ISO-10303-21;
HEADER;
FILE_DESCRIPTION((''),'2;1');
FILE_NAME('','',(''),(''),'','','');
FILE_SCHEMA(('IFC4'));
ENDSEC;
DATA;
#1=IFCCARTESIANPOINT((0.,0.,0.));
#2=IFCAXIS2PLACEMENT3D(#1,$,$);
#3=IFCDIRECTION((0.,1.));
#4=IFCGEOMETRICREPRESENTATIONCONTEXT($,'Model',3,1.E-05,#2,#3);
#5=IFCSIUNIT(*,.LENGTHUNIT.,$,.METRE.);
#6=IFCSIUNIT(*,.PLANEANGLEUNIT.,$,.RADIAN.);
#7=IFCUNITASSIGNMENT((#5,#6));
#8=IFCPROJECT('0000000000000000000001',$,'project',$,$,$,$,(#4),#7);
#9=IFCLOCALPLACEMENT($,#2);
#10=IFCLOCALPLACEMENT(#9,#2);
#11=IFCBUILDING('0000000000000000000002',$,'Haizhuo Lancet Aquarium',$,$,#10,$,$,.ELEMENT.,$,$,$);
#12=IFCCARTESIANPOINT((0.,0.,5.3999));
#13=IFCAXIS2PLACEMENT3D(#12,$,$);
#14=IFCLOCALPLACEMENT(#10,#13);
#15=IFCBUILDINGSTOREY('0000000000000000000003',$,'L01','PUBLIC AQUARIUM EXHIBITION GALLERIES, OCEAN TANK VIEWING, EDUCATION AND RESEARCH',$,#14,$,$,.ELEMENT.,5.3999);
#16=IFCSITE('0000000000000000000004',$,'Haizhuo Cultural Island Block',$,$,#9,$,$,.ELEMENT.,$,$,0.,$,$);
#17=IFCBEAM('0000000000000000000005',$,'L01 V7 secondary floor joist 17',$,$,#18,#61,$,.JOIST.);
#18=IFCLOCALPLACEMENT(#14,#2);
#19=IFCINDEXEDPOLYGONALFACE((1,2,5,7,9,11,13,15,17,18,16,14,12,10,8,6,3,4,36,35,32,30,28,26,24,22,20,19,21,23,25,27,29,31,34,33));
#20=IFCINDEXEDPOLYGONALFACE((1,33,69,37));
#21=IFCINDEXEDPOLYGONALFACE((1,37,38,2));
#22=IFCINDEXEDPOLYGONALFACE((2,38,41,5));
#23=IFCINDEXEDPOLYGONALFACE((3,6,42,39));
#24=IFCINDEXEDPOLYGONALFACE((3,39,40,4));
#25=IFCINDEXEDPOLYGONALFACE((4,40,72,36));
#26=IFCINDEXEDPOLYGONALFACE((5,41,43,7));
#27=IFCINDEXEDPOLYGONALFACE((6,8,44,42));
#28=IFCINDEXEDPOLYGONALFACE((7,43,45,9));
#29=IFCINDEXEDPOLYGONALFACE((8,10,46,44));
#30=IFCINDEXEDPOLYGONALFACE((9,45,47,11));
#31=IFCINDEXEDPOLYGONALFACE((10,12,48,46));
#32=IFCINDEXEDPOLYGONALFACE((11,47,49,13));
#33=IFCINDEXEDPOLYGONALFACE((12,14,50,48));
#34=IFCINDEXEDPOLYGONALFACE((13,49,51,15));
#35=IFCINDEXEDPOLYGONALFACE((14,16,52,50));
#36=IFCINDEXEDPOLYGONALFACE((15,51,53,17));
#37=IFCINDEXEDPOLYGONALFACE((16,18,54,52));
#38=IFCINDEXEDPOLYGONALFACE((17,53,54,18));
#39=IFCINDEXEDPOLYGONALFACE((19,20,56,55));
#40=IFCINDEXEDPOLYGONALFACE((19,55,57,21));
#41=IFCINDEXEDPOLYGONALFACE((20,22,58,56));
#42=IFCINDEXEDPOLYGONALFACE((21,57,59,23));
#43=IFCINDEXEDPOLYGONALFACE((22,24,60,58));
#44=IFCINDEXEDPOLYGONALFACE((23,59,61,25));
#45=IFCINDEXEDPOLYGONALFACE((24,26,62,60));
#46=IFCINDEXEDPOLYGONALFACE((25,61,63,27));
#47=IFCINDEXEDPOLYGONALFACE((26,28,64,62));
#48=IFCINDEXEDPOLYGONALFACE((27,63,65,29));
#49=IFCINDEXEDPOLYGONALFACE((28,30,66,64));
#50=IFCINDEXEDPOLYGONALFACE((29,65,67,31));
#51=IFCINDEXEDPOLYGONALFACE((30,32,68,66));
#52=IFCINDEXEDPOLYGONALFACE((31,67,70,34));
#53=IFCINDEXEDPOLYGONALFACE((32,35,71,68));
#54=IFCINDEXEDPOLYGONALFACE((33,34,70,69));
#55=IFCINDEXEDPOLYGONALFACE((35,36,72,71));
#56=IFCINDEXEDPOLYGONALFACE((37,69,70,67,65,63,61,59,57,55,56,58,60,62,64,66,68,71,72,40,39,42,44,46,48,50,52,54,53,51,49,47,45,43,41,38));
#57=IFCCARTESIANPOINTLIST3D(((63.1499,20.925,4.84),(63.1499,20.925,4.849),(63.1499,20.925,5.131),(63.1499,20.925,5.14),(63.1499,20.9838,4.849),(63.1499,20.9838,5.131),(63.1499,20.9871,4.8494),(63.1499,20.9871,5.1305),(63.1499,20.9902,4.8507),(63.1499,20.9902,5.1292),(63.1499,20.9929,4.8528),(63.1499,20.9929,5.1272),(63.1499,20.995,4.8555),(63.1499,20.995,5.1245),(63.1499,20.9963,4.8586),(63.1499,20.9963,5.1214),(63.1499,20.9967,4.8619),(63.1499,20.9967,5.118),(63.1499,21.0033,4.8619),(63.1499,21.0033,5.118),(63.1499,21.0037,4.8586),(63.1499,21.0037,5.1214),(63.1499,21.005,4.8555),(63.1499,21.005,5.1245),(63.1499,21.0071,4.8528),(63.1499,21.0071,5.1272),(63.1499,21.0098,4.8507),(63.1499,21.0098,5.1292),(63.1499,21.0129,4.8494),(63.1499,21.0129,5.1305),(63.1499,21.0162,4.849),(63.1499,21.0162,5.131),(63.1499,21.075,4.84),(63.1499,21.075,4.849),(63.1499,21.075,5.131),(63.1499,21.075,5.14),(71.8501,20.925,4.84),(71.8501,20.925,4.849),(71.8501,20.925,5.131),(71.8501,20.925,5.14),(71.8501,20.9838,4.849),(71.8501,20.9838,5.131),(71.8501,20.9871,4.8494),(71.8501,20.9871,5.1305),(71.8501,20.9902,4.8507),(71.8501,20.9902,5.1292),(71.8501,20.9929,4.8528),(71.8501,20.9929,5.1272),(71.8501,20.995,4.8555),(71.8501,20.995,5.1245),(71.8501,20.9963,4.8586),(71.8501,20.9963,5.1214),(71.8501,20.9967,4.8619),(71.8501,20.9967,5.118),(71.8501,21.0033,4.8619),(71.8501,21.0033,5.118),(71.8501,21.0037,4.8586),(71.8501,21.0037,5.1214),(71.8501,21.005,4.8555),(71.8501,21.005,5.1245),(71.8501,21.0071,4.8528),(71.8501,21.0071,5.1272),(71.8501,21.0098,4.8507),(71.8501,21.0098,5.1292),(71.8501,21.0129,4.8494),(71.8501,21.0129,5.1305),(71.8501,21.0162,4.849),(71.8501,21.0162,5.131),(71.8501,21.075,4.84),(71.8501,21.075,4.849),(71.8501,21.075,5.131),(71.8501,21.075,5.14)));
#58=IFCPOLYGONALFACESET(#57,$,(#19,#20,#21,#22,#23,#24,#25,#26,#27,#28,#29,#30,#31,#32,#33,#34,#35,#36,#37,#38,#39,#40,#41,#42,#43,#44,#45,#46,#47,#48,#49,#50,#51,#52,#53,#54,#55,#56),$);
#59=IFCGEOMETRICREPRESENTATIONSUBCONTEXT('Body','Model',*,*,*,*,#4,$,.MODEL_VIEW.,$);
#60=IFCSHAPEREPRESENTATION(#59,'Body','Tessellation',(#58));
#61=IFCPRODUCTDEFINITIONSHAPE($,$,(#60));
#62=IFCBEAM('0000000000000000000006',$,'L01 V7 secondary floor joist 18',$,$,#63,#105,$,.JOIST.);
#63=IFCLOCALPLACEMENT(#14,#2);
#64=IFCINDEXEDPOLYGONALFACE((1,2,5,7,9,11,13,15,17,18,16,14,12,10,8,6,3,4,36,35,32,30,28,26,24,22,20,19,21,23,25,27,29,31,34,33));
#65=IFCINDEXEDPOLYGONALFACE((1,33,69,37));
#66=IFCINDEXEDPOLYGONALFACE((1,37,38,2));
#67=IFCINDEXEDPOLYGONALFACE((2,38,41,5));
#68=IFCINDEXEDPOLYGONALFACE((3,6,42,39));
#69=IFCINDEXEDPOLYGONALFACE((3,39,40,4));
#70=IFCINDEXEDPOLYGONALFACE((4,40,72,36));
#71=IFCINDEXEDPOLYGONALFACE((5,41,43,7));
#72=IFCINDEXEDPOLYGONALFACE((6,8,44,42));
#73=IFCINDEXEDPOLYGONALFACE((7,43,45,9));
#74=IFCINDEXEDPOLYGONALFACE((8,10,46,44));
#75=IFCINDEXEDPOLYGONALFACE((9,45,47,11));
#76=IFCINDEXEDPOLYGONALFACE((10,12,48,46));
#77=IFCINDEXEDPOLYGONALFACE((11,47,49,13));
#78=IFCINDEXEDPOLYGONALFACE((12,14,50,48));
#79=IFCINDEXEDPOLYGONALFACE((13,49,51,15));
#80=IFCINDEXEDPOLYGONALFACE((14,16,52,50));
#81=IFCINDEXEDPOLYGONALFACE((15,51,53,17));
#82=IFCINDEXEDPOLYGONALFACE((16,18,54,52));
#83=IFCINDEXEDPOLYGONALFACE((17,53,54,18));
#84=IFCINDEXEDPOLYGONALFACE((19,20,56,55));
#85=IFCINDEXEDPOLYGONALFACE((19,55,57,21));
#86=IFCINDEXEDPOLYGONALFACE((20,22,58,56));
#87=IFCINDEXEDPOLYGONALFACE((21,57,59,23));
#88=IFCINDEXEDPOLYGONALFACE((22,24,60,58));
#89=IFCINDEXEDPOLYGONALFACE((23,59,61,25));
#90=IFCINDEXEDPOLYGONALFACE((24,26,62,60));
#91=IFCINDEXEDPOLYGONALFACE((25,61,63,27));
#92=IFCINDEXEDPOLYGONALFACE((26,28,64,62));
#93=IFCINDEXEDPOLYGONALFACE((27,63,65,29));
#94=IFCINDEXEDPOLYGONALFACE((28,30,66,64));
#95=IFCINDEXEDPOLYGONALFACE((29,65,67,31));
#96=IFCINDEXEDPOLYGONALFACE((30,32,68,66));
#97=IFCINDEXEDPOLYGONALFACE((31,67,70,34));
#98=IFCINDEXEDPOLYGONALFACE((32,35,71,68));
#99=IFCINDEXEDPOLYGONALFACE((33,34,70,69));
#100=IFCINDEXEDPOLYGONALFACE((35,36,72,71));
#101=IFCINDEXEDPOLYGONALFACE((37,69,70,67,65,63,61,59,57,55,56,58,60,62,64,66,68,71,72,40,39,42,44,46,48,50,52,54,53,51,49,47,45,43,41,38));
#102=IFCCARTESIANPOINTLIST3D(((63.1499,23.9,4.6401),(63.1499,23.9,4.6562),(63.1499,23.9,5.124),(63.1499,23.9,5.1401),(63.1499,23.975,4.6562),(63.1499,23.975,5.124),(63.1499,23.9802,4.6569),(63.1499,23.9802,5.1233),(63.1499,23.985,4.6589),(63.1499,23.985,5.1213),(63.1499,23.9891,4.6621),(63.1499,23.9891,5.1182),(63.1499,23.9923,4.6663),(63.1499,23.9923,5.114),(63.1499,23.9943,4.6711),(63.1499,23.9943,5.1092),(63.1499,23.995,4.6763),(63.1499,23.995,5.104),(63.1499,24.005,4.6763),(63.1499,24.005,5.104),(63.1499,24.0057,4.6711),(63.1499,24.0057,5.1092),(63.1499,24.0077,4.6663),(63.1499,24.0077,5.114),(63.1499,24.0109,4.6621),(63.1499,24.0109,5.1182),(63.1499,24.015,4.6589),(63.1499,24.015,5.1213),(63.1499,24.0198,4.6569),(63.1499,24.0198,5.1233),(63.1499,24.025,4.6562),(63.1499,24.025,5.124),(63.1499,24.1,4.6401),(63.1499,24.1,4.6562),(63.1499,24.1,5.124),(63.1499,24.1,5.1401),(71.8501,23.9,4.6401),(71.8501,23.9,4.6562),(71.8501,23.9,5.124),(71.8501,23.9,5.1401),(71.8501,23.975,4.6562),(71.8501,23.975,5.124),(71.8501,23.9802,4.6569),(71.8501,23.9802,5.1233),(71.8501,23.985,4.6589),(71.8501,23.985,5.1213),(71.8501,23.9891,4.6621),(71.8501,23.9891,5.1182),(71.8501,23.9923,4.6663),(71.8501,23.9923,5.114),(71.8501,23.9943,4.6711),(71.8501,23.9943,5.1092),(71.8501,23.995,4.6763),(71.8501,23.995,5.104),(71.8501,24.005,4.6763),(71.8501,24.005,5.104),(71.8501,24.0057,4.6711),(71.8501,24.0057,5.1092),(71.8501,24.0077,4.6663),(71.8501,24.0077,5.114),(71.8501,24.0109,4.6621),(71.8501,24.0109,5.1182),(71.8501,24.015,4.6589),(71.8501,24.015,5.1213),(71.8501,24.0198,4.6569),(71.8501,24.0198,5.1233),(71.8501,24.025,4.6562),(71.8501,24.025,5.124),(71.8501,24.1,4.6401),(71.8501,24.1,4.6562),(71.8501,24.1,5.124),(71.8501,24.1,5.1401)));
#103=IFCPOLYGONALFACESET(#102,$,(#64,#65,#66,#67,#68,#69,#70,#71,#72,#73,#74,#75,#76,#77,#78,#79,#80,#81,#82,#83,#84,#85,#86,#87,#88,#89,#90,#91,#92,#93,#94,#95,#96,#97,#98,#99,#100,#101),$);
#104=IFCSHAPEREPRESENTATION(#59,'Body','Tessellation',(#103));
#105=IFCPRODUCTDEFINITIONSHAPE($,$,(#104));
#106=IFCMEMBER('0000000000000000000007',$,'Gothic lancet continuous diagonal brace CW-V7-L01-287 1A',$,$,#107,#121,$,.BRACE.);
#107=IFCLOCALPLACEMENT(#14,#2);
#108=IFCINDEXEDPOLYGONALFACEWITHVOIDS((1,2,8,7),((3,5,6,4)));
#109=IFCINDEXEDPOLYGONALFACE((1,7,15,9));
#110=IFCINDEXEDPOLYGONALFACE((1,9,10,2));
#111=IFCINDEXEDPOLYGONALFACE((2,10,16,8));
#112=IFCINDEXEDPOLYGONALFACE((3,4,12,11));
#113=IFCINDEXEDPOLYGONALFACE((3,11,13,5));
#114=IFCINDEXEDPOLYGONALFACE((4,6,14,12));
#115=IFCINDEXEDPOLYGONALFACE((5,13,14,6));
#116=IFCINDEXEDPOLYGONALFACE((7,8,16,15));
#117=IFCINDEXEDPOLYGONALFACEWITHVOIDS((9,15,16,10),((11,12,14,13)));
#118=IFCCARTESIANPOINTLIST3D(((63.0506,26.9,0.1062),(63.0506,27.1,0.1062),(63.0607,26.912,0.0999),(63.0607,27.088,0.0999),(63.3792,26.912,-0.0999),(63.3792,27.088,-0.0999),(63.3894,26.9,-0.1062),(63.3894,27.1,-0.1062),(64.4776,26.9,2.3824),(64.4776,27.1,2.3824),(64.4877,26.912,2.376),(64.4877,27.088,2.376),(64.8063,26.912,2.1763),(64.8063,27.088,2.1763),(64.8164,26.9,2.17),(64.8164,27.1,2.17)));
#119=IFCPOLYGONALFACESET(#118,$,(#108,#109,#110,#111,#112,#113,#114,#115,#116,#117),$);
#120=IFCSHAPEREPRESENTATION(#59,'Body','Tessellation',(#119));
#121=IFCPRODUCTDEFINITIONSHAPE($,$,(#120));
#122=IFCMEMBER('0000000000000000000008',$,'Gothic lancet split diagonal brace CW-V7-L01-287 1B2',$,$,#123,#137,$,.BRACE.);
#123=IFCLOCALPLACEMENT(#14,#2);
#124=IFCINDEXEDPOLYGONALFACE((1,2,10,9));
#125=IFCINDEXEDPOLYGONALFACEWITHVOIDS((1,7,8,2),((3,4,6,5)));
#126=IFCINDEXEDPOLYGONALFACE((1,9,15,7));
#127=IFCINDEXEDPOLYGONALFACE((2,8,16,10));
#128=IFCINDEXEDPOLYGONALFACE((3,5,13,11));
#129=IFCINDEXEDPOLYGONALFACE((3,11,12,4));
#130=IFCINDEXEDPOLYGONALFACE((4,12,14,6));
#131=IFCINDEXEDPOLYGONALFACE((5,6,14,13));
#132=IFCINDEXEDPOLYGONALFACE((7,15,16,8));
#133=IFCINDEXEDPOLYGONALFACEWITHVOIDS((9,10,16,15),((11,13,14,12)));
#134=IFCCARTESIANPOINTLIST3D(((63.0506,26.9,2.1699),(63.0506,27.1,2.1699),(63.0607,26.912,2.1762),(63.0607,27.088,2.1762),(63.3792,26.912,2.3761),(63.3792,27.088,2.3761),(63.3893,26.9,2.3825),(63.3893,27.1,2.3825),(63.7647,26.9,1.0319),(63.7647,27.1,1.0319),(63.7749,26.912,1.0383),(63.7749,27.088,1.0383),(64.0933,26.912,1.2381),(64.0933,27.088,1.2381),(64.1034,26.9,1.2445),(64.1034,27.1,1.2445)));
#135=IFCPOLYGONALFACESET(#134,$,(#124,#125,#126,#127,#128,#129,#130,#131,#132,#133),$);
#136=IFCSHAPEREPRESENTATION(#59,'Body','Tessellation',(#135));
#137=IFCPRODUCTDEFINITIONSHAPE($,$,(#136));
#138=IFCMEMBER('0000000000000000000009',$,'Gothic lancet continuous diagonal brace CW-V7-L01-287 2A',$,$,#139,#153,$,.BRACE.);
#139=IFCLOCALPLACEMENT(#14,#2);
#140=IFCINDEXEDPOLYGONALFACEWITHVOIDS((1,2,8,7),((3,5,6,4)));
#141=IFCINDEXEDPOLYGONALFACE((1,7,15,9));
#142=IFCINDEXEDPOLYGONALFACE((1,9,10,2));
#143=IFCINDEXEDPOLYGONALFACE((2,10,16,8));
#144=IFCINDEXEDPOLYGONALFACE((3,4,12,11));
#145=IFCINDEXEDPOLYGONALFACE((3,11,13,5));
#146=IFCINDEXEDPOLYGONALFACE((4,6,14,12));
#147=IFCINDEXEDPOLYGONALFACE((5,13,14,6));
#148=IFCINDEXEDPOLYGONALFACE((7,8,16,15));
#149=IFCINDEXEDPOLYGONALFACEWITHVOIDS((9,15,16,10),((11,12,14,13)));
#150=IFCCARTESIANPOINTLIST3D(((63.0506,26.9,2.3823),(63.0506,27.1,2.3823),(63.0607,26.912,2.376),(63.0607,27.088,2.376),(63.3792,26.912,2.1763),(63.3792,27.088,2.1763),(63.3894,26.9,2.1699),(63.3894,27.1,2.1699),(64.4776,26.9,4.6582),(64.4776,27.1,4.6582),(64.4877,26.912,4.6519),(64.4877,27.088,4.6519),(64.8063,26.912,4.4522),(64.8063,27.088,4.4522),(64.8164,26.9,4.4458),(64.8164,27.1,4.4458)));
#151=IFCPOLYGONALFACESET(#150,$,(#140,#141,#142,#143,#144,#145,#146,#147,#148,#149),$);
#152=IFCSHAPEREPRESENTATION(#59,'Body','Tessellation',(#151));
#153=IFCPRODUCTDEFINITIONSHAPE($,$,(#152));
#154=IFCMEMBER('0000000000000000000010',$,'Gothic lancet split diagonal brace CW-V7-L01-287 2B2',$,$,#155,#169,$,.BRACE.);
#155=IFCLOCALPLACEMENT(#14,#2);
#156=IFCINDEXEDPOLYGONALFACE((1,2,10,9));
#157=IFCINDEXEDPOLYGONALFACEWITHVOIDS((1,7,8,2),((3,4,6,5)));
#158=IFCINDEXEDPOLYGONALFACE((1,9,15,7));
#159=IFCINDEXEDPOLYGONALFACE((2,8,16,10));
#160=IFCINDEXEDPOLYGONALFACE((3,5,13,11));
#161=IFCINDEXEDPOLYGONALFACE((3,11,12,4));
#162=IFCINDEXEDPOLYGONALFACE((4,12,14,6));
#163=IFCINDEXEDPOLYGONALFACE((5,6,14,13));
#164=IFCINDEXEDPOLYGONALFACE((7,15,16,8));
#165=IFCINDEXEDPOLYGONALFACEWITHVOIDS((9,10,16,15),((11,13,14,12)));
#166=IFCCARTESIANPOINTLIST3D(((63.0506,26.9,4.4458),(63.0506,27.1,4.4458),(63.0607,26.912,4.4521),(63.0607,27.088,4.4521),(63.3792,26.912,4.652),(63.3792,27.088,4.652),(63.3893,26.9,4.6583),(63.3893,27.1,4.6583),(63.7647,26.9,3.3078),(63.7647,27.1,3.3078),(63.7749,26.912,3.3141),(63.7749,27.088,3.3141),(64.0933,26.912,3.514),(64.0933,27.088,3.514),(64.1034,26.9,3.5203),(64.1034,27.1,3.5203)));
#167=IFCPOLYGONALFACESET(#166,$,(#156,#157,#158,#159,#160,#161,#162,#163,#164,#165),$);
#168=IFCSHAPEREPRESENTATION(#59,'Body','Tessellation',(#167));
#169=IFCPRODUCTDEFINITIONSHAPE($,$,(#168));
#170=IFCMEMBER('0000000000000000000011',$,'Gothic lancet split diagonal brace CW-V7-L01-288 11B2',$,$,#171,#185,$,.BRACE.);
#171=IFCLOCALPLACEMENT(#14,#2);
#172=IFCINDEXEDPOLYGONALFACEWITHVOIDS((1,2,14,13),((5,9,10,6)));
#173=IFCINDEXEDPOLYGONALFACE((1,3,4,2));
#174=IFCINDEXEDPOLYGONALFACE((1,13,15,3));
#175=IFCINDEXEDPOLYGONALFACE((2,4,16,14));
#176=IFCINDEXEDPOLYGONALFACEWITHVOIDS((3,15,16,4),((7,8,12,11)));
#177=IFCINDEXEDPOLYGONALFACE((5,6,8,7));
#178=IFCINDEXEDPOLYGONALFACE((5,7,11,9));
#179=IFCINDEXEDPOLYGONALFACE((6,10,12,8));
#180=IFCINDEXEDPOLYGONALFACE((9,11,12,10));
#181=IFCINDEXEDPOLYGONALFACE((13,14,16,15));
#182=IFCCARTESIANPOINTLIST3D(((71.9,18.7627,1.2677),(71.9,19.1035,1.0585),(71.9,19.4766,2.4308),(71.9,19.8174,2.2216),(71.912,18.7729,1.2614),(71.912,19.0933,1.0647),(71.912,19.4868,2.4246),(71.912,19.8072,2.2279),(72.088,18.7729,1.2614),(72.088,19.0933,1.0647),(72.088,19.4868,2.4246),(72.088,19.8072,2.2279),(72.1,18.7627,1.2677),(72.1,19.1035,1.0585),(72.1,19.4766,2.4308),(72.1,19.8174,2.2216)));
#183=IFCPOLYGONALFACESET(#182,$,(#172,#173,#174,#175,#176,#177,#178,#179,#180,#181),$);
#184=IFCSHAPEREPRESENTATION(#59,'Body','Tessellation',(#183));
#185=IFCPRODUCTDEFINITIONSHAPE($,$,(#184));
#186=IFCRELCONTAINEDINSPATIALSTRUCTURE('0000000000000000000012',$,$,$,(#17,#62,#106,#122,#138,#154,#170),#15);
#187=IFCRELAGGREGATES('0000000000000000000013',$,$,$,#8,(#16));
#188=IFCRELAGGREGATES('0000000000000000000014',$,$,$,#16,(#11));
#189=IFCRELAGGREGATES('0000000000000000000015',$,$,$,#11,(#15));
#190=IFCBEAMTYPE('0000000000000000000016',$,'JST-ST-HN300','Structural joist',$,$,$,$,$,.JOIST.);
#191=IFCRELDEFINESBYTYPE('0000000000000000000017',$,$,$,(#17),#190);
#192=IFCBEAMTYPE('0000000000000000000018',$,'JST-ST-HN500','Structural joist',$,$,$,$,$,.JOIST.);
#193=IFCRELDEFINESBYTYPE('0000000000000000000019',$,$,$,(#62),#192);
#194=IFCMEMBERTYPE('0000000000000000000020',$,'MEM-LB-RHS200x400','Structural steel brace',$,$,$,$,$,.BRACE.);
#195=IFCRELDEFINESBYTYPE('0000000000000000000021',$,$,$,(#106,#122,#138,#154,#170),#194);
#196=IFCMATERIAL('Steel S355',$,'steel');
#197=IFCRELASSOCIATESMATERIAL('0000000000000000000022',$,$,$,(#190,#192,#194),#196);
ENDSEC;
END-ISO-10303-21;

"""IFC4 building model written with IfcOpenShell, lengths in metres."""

from ifc_helpers import new_model, si_unit, direction, frame, origin, origin_2d, place, context, subcontext, project, spatial, hollow_rectangle, i_section, extrude, material, material_profile, profile_set, type_object, element, save


model = new_model("IFC4")

# Units and contexts
model_context = context("Model", 3, precision=1e-05, world=origin(), true_north=direction((0.0, 1.0)))
body_context = subcontext(model_context, "Body", "Model", "MODEL_VIEW")
ifc_project = project(units=[si_unit("LENGTHUNIT", "METRE"), si_unit("PLANEANGLEUNIT", "RADIAN")], contexts=[model_context])

# Site, building, storey
site_placement = place(None, origin())
site = spatial("IfcSite", under=ifc_project, at=site_placement, Name="Haizhuo Cultural Island Block", CompositionType="ELEMENT", RefElevation=0.0)
building_placement = place(site_placement, origin())
building = spatial("IfcBuilding", under=site, at=building_placement, Name="Haizhuo Lancet Aquarium", CompositionType="ELEMENT")
storey_placement = place(building_placement, frame((0.0, 0.0, 5.3999)))
storey = spatial("IfcBuildingStorey", under=building, at=storey_placement, Name="L01", Description="PUBLIC AQUARIUM EXHIBITION GALLERIES, OCEAN TANK VIEWING, EDUCATION AND RESEARCH", CompositionType="ELEMENT", Elevation=5.3999)

# Beams
ifc_material_1 = material(Name="Steel S355", Category="steel")
ifc_material_profile_1 = material_profile(ifc_material_1, i_section(OverallWidth=0.1499, OverallDepth=0.3, WebThickness=0.0066, FlangeThickness=0.009, FilletRadius=0.0129, at=origin_2d()), Name="HN 300x150x6.5x9")
ifc_profile_set_1 = profile_set([ifc_material_profile_1], Name="Steel S355")
beam_type_1 = type_object("IfcBeamType", Name="JST-ST-HN300", Description="Structural joist", PredefinedType="JOIST", material=ifc_profile_set_1)
beam_1_placement = place(storey_placement, frame((63.1499, 21.0, 4.99), z_axis=(1.0, 0.0, 0.0), x_axis=(0.0, 1.0, 0.0)))
element("IfcBeam", 1, at=beam_1_placement, inside=storey, type_object=beam_type_1, Name="L01 V7 secondary floor joist 17", PredefinedType="JOIST", context=body_context, shape_type="SweptSolid", body=[
    extrude(i_section(OverallWidth=0.1499, OverallDepth=0.3, WebThickness=0.0066, FlangeThickness=0.009, FilletRadius=0.0129, at=origin_2d()), origin(), (0.0, 0.0, 1.0), 8.7002),
])
ifc_material_profile_2 = material_profile(ifc_material_1, i_section(OverallWidth=0.2, OverallDepth=0.5, WebThickness=0.01, FlangeThickness=0.0161, FilletRadius=0.02, at=origin_2d()), Name="HN 500x200x10x16")
ifc_profile_set_2 = profile_set([ifc_material_profile_2], Name="Steel S355")
beam_type_2 = type_object("IfcBeamType", Name="JST-ST-HN500", Description="Structural joist", PredefinedType="JOIST", material=ifc_profile_set_2)
beam_2_placement = place(storey_placement, frame((63.1499, 24.0, 4.8901), z_axis=(1.0, 0.0, 0.0), x_axis=(0.0, 1.0, 0.0)))
element("IfcBeam", 2, at=beam_2_placement, inside=storey, type_object=beam_type_2, Name="L01 V7 secondary floor joist 18", PredefinedType="JOIST", context=body_context, shape_type="SweptSolid", body=[
    extrude(i_section(OverallWidth=0.2, OverallDepth=0.5, WebThickness=0.01, FlangeThickness=0.0161, FilletRadius=0.02, at=origin_2d()), origin(), (0.0, 0.0, 1.0), 8.7002),
])

# Members
ifc_material_profile_3 = material_profile(ifc_material_1, hollow_rectangle(XDim=0.2, YDim=0.3999, WallThickness=0.012, at=origin_2d()), Name="RHS 200x400x12")
ifc_profile_set_3 = profile_set([ifc_material_profile_3], Name="Steel S355")
member_type_1 = type_object("IfcMemberType", Name="MEM-LB-RHS200x400", Description="Structural steel brace", PredefinedType="BRACE", material=ifc_profile_set_3)
member_1_placement = place(storey_placement, frame((63.22, 27.0, 0.0), z_axis=(0.531183, 0.0, 0.847257), x_axis=(0.0, 1.0, 0.0)))
element("IfcMember", 3, at=member_1_placement, inside=storey, type_object=member_type_1, Name="Gothic lancet continuous diagonal brace CW-V7-L01-287 1A", PredefinedType="BRACE", context=body_context, shape_type="SweptSolid", body=[
    extrude(hollow_rectangle(XDim=0.2, YDim=0.3999, WallThickness=0.012, at=origin_2d()), origin(), (0.0, 0.0, 1.0), 2.6865),
])
member_2_placement = place(storey_placement, frame((63.9341, 27.0, 1.1382), z_axis=(-0.53155, 0.0, 0.847027), x_axis=(0.0, -1.0, 0.0)))
element("IfcMember", 4, at=member_2_placement, inside=storey, type_object=member_type_1, Name="Gothic lancet split diagonal brace CW-V7-L01-287 1B2", PredefinedType="BRACE", context=body_context, shape_type="SweptSolid", body=[
    extrude(hollow_rectangle(XDim=0.2, YDim=0.3999, WallThickness=0.012, at=origin_2d()), origin(), (0.0, 0.0, 1.0), 1.3435),
])
member_3_placement = place(storey_placement, frame((63.22, 27.0, 2.2761), z_axis=(0.531224, 0.0, 0.847232), x_axis=(0.0, 1.0, 0.0)))
element("IfcMember", 5, at=member_3_placement, inside=storey, type_object=member_type_1, Name="Gothic lancet continuous diagonal brace CW-V7-L01-287 2A", PredefinedType="BRACE", context=body_context, shape_type="SweptSolid", body=[
    extrude(hollow_rectangle(XDim=0.2, YDim=0.3999, WallThickness=0.012, at=origin_2d()), origin(), (0.0, 0.0, 1.0), 2.6863),
])
member_4_placement = place(storey_placement, frame((63.9341, 27.0, 3.4141), z_axis=(-0.53155, 0.0, 0.847027), x_axis=(0.0, -1.0, 0.0)))
element("IfcMember", 6, at=member_4_placement, inside=storey, type_object=member_type_1, Name="Gothic lancet split diagonal brace CW-V7-L01-287 2B2", PredefinedType="BRACE", context=body_context, shape_type="SweptSolid", body=[
    extrude(hollow_rectangle(XDim=0.2, YDim=0.3999, WallThickness=0.012, at=origin_2d()), origin(), (0.0, 0.0, 1.0), 1.3435),
])
member_5_placement = place(storey_placement, frame((72.0, 18.9331, 1.1631), z_axis=(0.0, 0.523099, 0.852272), x_axis=(-1.0, 0.0, 0.0)))
element("IfcMember", 7, at=member_5_placement, inside=storey, type_object=member_type_1, Name="Gothic lancet split diagonal brace CW-V7-L01-288 11B2", PredefinedType="BRACE", context=body_context, shape_type="SweptSolid", body=[
    extrude(hollow_rectangle(XDim=0.2, YDim=0.3999, WallThickness=0.012, at=origin_2d()), origin(), (0.0, 0.0, 1.0), 1.3647),
])

save(model, "model.ifc")
